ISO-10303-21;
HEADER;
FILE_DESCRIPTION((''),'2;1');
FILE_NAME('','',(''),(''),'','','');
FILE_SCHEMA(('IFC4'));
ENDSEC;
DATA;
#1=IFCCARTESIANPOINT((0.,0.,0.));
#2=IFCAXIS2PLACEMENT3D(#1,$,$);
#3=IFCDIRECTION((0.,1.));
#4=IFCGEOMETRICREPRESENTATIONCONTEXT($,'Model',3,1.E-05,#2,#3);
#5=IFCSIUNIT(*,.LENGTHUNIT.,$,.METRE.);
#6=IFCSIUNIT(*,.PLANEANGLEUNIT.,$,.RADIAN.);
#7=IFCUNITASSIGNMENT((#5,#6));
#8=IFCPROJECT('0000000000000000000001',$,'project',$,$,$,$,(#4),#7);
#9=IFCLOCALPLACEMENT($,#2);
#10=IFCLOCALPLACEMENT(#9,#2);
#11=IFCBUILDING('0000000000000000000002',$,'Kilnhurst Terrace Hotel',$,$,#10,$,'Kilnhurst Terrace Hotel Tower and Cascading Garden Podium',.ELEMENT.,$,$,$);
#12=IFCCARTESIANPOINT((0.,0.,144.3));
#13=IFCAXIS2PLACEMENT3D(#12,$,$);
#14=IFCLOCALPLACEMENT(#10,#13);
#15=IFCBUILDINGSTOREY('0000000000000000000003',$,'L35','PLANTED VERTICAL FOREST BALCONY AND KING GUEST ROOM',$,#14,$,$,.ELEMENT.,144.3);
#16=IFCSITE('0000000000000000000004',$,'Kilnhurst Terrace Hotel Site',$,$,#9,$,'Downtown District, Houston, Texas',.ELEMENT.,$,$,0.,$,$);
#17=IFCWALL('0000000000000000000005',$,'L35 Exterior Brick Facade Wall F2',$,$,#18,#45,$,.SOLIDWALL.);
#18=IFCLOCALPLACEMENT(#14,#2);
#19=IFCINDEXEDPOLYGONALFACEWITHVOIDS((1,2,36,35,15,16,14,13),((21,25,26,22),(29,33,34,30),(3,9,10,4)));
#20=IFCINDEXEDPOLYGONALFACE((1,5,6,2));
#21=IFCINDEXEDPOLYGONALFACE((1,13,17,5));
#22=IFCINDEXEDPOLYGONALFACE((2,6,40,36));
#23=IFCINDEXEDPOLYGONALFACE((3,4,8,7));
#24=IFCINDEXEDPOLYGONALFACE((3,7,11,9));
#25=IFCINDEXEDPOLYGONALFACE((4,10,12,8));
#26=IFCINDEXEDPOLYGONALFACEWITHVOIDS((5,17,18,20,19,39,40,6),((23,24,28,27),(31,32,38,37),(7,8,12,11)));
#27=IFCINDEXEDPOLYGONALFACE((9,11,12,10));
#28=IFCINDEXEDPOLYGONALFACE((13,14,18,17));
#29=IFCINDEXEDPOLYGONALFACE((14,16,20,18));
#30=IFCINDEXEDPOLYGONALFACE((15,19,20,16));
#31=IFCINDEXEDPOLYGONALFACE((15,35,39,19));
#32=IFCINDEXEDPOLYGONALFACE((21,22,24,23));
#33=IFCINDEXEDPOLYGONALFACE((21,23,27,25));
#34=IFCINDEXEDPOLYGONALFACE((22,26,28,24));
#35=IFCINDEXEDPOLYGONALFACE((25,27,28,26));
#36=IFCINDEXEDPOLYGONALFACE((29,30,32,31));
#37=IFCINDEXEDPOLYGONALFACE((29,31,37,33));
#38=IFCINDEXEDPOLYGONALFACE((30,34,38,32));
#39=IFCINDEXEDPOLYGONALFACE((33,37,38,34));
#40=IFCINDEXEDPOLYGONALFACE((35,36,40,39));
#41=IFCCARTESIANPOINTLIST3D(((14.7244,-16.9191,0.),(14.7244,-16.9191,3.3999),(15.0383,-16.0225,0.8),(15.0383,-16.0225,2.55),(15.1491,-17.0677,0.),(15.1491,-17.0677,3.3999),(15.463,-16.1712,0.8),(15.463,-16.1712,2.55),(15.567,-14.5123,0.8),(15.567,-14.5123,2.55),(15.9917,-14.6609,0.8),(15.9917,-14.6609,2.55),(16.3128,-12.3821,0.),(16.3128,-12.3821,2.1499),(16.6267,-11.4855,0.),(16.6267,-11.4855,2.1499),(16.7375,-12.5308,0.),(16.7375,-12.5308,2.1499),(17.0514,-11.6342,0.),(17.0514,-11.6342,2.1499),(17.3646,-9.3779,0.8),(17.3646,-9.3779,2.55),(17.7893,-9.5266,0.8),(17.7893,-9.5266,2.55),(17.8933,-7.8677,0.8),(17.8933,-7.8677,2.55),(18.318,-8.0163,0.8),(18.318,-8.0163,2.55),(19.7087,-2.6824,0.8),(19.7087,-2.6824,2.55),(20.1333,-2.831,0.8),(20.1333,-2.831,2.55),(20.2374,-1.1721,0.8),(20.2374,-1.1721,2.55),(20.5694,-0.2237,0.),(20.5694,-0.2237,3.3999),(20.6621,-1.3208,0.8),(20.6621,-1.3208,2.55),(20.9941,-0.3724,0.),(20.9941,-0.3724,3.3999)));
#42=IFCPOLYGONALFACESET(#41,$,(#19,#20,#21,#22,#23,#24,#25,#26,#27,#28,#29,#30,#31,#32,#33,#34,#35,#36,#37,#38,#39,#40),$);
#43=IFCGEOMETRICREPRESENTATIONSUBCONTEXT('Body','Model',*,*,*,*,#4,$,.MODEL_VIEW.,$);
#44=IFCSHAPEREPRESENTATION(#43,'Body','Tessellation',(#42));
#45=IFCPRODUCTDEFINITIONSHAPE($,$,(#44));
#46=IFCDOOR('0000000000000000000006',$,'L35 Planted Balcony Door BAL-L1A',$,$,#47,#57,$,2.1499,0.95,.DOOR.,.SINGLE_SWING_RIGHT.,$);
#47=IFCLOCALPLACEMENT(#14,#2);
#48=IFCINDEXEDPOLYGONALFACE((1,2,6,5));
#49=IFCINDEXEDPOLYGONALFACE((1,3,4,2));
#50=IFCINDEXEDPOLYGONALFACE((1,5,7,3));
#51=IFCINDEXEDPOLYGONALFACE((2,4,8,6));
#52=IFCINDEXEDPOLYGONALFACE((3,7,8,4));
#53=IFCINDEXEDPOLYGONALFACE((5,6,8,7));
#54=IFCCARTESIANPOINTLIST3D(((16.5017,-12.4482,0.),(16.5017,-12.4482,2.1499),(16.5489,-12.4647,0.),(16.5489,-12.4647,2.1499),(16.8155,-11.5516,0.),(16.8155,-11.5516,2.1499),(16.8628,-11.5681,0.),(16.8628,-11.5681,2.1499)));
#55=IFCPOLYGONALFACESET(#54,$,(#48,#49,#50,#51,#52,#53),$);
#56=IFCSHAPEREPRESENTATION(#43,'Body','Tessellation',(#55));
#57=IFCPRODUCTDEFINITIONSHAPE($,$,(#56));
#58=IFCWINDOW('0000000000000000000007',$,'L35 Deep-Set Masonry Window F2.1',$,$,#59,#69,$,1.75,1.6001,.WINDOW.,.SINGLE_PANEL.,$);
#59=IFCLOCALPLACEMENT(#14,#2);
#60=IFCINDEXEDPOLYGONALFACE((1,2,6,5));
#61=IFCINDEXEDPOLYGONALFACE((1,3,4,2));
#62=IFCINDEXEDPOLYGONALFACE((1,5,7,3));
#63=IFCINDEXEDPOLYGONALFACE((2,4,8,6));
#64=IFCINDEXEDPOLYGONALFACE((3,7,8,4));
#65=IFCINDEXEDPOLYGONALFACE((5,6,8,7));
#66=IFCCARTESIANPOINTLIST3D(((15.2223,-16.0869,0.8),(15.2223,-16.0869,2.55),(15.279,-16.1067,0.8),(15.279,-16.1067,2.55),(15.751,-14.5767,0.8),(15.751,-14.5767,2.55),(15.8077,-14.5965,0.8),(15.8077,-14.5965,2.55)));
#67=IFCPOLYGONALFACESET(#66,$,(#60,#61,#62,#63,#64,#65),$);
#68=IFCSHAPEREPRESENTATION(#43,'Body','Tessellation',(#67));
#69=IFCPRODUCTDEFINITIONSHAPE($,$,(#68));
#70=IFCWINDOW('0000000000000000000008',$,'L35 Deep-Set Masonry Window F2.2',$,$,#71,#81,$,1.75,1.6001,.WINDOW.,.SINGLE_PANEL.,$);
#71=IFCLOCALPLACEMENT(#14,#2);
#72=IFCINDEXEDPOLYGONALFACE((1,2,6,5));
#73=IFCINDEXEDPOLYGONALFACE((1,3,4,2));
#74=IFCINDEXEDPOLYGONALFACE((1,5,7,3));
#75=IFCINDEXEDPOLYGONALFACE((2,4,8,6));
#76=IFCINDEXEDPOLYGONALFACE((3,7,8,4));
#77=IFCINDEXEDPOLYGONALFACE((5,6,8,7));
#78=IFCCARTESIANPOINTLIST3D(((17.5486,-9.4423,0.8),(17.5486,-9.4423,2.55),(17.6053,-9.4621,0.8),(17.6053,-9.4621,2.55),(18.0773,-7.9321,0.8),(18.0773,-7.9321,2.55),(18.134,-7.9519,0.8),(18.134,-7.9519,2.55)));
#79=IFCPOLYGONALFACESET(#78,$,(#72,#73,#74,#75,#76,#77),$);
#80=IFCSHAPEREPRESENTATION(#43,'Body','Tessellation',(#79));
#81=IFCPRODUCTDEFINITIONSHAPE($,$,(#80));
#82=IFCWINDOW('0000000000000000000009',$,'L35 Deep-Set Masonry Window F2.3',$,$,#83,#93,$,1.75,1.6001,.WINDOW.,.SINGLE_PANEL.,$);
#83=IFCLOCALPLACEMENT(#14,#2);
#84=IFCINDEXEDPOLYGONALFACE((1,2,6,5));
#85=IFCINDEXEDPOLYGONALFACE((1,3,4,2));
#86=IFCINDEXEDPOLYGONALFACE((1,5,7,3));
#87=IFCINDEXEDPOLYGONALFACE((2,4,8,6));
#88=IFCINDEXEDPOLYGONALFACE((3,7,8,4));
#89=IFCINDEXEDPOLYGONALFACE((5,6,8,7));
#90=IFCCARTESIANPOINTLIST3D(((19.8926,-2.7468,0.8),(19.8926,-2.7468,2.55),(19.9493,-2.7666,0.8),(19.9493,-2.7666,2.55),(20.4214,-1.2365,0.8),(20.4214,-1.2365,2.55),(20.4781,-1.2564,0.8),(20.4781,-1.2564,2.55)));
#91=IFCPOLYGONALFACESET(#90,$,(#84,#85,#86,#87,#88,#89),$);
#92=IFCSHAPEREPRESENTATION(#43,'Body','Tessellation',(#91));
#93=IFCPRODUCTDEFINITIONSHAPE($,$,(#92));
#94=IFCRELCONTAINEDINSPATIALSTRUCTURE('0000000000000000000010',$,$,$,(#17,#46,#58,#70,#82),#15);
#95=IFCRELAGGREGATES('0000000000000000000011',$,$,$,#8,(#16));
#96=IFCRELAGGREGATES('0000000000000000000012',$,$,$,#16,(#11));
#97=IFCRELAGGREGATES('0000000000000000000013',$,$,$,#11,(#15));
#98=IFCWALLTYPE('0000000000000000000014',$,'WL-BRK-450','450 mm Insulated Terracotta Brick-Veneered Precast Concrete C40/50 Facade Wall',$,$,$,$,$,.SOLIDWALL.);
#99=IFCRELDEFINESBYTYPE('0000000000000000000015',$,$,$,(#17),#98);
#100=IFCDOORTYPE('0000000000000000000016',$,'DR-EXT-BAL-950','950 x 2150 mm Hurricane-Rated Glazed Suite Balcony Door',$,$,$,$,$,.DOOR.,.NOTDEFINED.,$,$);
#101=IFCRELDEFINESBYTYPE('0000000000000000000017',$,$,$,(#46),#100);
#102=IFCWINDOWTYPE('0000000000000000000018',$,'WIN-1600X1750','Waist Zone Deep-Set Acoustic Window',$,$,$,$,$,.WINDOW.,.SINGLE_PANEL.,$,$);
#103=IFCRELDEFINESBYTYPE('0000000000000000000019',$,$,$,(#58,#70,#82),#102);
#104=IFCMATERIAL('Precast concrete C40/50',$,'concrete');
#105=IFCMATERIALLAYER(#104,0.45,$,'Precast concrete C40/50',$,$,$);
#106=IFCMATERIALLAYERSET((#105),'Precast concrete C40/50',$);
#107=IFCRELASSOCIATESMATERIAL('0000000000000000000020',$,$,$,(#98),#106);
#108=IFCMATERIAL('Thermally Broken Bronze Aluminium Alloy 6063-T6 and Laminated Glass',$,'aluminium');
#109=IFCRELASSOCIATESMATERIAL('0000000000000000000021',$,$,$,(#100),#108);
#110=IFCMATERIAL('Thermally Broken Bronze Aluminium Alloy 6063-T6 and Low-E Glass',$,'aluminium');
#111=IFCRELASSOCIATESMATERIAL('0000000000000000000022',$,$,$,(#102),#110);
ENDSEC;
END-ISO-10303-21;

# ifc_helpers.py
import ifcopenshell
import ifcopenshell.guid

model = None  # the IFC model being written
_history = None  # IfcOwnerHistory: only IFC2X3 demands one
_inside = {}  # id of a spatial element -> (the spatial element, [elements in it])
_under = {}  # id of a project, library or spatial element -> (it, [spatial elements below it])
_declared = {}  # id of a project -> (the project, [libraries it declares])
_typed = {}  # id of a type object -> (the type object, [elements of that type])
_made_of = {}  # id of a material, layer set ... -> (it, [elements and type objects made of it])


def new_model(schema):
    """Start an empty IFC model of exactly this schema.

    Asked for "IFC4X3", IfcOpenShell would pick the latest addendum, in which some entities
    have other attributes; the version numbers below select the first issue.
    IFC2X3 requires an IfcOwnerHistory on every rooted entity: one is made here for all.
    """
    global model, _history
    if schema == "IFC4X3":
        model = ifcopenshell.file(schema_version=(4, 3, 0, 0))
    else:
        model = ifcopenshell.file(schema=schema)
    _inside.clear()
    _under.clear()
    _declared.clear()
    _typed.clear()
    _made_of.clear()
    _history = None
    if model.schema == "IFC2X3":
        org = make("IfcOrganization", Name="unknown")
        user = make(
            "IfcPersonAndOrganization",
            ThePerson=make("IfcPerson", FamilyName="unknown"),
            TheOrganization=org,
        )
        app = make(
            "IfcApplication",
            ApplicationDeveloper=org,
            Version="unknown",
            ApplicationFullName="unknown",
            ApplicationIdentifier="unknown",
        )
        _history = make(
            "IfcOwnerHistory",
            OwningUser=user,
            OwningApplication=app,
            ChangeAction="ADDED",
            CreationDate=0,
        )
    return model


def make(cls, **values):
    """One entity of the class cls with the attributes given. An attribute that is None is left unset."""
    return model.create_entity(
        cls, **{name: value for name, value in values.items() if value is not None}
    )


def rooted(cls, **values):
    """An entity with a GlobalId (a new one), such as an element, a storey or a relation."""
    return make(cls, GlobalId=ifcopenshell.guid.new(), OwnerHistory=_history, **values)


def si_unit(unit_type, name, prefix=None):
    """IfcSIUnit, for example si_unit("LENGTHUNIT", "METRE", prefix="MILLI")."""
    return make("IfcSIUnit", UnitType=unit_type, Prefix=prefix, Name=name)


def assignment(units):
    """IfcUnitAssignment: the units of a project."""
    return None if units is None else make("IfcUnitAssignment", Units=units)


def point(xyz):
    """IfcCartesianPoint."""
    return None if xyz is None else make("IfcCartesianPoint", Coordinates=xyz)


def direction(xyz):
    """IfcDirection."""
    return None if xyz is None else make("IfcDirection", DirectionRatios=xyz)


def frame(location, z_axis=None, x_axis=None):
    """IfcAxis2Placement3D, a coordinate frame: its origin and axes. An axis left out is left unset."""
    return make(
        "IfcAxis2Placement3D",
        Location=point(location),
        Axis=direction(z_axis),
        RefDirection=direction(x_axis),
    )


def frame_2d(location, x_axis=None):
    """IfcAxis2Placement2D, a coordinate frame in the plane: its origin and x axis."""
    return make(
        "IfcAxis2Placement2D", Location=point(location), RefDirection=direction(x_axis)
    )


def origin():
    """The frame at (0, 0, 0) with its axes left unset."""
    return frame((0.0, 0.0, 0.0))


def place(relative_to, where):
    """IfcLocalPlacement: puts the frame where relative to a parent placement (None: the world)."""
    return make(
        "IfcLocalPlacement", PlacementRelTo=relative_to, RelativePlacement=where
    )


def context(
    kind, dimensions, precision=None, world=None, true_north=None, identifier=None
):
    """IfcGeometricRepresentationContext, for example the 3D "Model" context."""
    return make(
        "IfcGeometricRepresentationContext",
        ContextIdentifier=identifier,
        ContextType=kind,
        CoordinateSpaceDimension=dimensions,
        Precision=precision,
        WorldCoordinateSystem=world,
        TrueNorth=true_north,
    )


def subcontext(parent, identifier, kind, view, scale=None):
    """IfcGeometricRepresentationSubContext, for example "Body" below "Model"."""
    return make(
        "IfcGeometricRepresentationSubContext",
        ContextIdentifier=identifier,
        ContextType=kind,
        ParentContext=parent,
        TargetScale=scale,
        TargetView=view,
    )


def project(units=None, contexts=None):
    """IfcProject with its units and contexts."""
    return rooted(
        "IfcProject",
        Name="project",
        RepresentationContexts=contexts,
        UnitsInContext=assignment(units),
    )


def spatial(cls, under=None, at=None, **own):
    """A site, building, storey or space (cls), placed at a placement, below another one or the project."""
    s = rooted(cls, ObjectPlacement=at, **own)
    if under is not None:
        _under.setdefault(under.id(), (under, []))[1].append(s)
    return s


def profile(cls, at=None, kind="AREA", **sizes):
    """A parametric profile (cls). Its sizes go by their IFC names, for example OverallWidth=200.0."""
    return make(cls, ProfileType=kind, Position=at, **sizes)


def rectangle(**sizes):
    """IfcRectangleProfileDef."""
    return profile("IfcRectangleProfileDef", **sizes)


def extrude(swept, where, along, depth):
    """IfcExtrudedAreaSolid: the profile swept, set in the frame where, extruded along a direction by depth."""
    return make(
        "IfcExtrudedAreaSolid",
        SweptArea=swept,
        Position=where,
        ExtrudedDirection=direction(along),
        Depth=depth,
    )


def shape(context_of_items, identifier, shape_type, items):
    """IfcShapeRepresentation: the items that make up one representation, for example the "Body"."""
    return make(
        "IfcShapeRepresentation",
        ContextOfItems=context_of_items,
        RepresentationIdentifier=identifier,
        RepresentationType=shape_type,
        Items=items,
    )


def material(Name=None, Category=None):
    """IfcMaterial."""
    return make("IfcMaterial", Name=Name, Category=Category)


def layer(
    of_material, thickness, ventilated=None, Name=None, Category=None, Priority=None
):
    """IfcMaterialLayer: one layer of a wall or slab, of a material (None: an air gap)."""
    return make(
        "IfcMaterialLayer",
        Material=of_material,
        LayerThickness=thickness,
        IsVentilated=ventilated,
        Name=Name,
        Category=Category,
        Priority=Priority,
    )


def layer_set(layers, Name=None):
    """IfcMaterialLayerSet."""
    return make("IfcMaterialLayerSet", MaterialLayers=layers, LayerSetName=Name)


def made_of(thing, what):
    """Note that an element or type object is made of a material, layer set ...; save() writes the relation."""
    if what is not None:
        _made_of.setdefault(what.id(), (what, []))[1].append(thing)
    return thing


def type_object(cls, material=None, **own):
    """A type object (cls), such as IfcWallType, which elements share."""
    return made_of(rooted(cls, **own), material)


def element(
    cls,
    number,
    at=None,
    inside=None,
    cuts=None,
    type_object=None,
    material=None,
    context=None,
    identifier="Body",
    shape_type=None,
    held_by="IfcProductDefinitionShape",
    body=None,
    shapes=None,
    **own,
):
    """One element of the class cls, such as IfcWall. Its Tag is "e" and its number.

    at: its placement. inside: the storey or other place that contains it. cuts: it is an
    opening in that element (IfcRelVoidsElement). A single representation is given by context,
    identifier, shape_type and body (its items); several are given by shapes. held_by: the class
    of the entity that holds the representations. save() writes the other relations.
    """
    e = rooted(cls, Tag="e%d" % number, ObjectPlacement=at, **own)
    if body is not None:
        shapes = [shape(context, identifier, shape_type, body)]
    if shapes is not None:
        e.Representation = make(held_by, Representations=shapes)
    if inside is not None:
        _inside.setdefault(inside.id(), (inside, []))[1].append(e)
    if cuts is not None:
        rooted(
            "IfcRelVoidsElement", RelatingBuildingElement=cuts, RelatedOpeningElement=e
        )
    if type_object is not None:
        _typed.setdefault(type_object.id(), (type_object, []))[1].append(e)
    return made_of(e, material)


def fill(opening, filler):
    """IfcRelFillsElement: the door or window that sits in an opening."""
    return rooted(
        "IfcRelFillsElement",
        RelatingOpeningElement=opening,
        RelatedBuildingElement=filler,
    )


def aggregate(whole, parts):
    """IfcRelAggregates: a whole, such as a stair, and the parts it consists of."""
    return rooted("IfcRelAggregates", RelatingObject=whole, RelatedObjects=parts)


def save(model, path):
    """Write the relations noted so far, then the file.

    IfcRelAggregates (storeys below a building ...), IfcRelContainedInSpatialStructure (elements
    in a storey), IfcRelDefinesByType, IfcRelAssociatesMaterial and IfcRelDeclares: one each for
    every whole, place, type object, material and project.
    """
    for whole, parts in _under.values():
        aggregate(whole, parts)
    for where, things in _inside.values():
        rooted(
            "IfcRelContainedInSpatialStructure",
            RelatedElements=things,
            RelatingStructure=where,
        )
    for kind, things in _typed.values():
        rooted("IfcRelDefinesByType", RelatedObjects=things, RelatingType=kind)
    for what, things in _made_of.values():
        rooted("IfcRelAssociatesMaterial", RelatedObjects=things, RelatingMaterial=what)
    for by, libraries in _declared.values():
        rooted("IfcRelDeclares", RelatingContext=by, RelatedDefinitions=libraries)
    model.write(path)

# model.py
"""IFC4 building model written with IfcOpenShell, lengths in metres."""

from ifc_helpers import new_model, si_unit, direction, frame, frame_2d, origin, place, context, subcontext, project, spatial, rectangle, extrude, material, layer, layer_set, type_object, element, fill, save


model = new_model("IFC4")

# Units and contexts
model_context = context("Model", 3, precision=1e-05, world=origin(), true_north=direction((0.0, 1.0)))
body_context = subcontext(model_context, "Body", "Model", "MODEL_VIEW")
ifc_project = project(units=[si_unit("LENGTHUNIT", "METRE"), si_unit("PLANEANGLEUNIT", "RADIAN")], contexts=[model_context])

# Site, building, storey
site_placement = place(None, origin())
site = spatial("IfcSite", under=ifc_project, at=site_placement, Name="Kilnhurst Terrace Hotel Site", LongName="Downtown District, Houston, Texas", CompositionType="ELEMENT", RefElevation=0.0)
building_placement = place(site_placement, origin())
building = spatial("IfcBuilding", under=site, at=building_placement, Name="Kilnhurst Terrace Hotel", LongName="Kilnhurst Terrace Hotel Tower and Cascading Garden Podium", CompositionType="ELEMENT")
storey_placement = place(building_placement, frame((0.0, 0.0, 144.3)))
storey = spatial("IfcBuildingStorey", under=building, at=storey_placement, Name="L35", Description="PLANTED VERTICAL FOREST BALCONY AND KING GUEST ROOM", CompositionType="ELEMENT", Elevation=144.3)

# Shared definitions
ifc_material_1 = material(Name="Precast concrete C40/50", Category="concrete")
ifc_layer_1 = layer(ifc_material_1, 0.45, Name="Precast concrete C40/50")
ifc_layer_set_1 = layer_set([ifc_layer_1], Name="Precast concrete C40/50")
wall_type_1 = type_object("IfcWallType", Name="WL-BRK-450", Description="450 mm Insulated Terracotta Brick-Veneered Precast Concrete C40/50 Facade Wall", PredefinedType="SOLIDWALL", material=ifc_layer_set_1)

# Wall, openings, door, windows
wall_1_placement = place(storey_placement, frame((14.9368, -16.9934, 0.0), z_axis=(0.0, 0.0, 1.0), x_axis=(0.330432, 0.94383, 0.0)))
wall_1 = element("IfcWall", 1, at=wall_1_placement, inside=storey, type_object=wall_type_1, Name="L35 Exterior Brick Facade Wall F2", PredefinedType="SOLIDWALL", context=body_context, shape_type="SweptSolid", body=[
    extrude(rectangle(XDim=17.689, YDim=0.45, at=frame_2d((8.8445, 0.0))), origin(), (0.0, 0.0, 1.0), 3.3999),
])
opening_1_placement = place(wall_1_placement, frame((4.8069, 0.0, 0.0)))
opening_1 = element("IfcOpeningElement", 2, at=opening_1_placement, cuts=wall_1, PredefinedType="OPENING", context=body_context, shape_type="SweptSolid", body=[
    extrude(rectangle(XDim=0.95, YDim=2.1499, at=frame_2d((0.4751, 1.075))), frame((0.0, 0.2349, 0.0), z_axis=(0.0, -1.0, 0.0), x_axis=(1.0, 0.0, 0.0)), (0.0, 0.0, 1.0), 0.47),
])
opening_2_placement = place(wall_1_placement, frame((0.95, 0.0, 0.8)))
opening_2 = element("IfcOpeningElement", 3, at=opening_2_placement, cuts=wall_1, PredefinedType="OPENING", context=body_context, shape_type="SweptSolid", body=[
    extrude(rectangle(XDim=1.6001, YDim=1.75, at=frame_2d((0.8, 0.875))), frame((0.0, 0.2349, 0.0), z_axis=(0.0, -1.0, 0.0), x_axis=(1.0, 0.0, 0.0)), (0.0, 0.0, 1.0), 0.47),
])
opening_3_placement = place(wall_1_placement, frame((7.99, 0.0, 0.8)))
opening_3 = element("IfcOpeningElement", 4, at=opening_3_placement, cuts=wall_1, PredefinedType="OPENING", context=body_context, shape_type="SweptSolid", body=[
    extrude(rectangle(XDim=1.6001, YDim=1.75, at=frame_2d((0.8, 0.875))), frame((0.0, 0.2349, 0.0), z_axis=(0.0, -1.0, 0.0), x_axis=(1.0, 0.0, 0.0)), (0.0, 0.0, 1.0), 0.47),
])
opening_4_placement = place(wall_1_placement, frame((15.084, 0.0, 0.8)))
opening_4 = element("IfcOpeningElement", 5, at=opening_4_placement, cuts=wall_1, PredefinedType="OPENING", context=body_context, shape_type="SweptSolid", body=[
    extrude(rectangle(XDim=1.6001, YDim=1.75, at=frame_2d((0.8, 0.875))), frame((0.0, 0.2349, 0.0), z_axis=(0.0, -1.0, 0.0), x_axis=(1.0, 0.0, 0.0)), (0.0, 0.0, 1.0), 0.47),
])
ifc_material_2 = material(Name="Thermally Broken Bronze Aluminium Alloy 6063-T6 and Laminated Glass", Category="aluminium")
door_type_1 = type_object("IfcDoorType", Name="DR-EXT-BAL-950", Description="950 x 2150 mm Hurricane-Rated Glazed Suite Balcony Door", OperationType="NOTDEFINED", PredefinedType="DOOR", material=ifc_material_2)
door_1_placement = place(opening_1_placement, origin())
door_1 = element("IfcDoor", 6, at=door_1_placement, inside=storey, type_object=door_type_1, Name="L35 Planted Balcony Door BAL-L1A", OperationType="SINGLE_SWING_RIGHT", OverallHeight=2.1499, OverallWidth=0.95, PredefinedType="DOOR", context=body_context, shape_type="SweptSolid", body=[
    extrude(rectangle(XDim=0.95, YDim=2.1499, at=frame_2d((0.4751, 1.075))), frame((0.0, 0.0249, 0.0), z_axis=(0.0, -1.0, 0.0), x_axis=(1.0, 0.0, 0.0)), (0.0, 0.0, 1.0), 0.05),
])
fill(opening_1, door_1)
ifc_material_3 = material(Name="Thermally Broken Bronze Aluminium Alloy 6063-T6 and Low-E Glass", Category="aluminium")
window_type = type_object("IfcWindowType", Name="WIN-1600X1750", Description="Waist Zone Deep-Set Acoustic Window", PartitioningType="SINGLE_PANEL", PredefinedType="WINDOW", material=ifc_material_3)
window_1_placement = place(opening_2_placement, origin())
window_1 = element("IfcWindow", 7, at=window_1_placement, inside=storey, type_object=window_type, Name="L35 Deep-Set Masonry Window F2.1", OverallHeight=1.75, OverallWidth=1.6001, PartitioningType="SINGLE_PANEL", PredefinedType="WINDOW", context=body_context, shape_type="SweptSolid", body=[
    extrude(rectangle(XDim=1.6001, YDim=1.75, at=frame_2d((0.8, 0.875))), frame((0.0, 0.03, 0.0), z_axis=(0.0, -1.0, 0.0), x_axis=(1.0, 0.0, 0.0)), (0.0, 0.0, 1.0), 0.0601),
])
fill(opening_2, window_1)
window_2_placement = place(opening_3_placement, origin())
window_2 = element("IfcWindow", 8, at=window_2_placement, inside=storey, type_object=window_type, Name="L35 Deep-Set Masonry Window F2.2", OverallHeight=1.75, OverallWidth=1.6001, PartitioningType="SINGLE_PANEL", PredefinedType="WINDOW", context=body_context, shape_type="SweptSolid", body=[
    extrude(rectangle(XDim=1.6001, YDim=1.75, at=frame_2d((0.8, 0.875))), frame((0.0, 0.03, 0.0), z_axis=(0.0, -1.0, 0.0), x_axis=(1.0, 0.0, 0.0)), (0.0, 0.0, 1.0), 0.0601),
])
fill(opening_3, window_2)
window_3_placement = place(opening_4_placement, origin())
window_3 = element("IfcWindow", 9, at=window_3_placement, inside=storey, type_object=window_type, Name="L35 Deep-Set Masonry Window F2.3", OverallHeight=1.75, OverallWidth=1.6001, PartitioningType="SINGLE_PANEL", PredefinedType="WINDOW", context=body_context, shape_type="SweptSolid", body=[
    extrude(rectangle(XDim=1.6001, YDim=1.75, at=frame_2d((0.8, 0.875))), frame((0.0, 0.03, 0.0), z_axis=(0.0, -1.0, 0.0), x_axis=(1.0, 0.0, 0.0)), (0.0, 0.0, 1.0), 0.0601),
])
fill(opening_4, window_3)

save(model, "model.ifc")
